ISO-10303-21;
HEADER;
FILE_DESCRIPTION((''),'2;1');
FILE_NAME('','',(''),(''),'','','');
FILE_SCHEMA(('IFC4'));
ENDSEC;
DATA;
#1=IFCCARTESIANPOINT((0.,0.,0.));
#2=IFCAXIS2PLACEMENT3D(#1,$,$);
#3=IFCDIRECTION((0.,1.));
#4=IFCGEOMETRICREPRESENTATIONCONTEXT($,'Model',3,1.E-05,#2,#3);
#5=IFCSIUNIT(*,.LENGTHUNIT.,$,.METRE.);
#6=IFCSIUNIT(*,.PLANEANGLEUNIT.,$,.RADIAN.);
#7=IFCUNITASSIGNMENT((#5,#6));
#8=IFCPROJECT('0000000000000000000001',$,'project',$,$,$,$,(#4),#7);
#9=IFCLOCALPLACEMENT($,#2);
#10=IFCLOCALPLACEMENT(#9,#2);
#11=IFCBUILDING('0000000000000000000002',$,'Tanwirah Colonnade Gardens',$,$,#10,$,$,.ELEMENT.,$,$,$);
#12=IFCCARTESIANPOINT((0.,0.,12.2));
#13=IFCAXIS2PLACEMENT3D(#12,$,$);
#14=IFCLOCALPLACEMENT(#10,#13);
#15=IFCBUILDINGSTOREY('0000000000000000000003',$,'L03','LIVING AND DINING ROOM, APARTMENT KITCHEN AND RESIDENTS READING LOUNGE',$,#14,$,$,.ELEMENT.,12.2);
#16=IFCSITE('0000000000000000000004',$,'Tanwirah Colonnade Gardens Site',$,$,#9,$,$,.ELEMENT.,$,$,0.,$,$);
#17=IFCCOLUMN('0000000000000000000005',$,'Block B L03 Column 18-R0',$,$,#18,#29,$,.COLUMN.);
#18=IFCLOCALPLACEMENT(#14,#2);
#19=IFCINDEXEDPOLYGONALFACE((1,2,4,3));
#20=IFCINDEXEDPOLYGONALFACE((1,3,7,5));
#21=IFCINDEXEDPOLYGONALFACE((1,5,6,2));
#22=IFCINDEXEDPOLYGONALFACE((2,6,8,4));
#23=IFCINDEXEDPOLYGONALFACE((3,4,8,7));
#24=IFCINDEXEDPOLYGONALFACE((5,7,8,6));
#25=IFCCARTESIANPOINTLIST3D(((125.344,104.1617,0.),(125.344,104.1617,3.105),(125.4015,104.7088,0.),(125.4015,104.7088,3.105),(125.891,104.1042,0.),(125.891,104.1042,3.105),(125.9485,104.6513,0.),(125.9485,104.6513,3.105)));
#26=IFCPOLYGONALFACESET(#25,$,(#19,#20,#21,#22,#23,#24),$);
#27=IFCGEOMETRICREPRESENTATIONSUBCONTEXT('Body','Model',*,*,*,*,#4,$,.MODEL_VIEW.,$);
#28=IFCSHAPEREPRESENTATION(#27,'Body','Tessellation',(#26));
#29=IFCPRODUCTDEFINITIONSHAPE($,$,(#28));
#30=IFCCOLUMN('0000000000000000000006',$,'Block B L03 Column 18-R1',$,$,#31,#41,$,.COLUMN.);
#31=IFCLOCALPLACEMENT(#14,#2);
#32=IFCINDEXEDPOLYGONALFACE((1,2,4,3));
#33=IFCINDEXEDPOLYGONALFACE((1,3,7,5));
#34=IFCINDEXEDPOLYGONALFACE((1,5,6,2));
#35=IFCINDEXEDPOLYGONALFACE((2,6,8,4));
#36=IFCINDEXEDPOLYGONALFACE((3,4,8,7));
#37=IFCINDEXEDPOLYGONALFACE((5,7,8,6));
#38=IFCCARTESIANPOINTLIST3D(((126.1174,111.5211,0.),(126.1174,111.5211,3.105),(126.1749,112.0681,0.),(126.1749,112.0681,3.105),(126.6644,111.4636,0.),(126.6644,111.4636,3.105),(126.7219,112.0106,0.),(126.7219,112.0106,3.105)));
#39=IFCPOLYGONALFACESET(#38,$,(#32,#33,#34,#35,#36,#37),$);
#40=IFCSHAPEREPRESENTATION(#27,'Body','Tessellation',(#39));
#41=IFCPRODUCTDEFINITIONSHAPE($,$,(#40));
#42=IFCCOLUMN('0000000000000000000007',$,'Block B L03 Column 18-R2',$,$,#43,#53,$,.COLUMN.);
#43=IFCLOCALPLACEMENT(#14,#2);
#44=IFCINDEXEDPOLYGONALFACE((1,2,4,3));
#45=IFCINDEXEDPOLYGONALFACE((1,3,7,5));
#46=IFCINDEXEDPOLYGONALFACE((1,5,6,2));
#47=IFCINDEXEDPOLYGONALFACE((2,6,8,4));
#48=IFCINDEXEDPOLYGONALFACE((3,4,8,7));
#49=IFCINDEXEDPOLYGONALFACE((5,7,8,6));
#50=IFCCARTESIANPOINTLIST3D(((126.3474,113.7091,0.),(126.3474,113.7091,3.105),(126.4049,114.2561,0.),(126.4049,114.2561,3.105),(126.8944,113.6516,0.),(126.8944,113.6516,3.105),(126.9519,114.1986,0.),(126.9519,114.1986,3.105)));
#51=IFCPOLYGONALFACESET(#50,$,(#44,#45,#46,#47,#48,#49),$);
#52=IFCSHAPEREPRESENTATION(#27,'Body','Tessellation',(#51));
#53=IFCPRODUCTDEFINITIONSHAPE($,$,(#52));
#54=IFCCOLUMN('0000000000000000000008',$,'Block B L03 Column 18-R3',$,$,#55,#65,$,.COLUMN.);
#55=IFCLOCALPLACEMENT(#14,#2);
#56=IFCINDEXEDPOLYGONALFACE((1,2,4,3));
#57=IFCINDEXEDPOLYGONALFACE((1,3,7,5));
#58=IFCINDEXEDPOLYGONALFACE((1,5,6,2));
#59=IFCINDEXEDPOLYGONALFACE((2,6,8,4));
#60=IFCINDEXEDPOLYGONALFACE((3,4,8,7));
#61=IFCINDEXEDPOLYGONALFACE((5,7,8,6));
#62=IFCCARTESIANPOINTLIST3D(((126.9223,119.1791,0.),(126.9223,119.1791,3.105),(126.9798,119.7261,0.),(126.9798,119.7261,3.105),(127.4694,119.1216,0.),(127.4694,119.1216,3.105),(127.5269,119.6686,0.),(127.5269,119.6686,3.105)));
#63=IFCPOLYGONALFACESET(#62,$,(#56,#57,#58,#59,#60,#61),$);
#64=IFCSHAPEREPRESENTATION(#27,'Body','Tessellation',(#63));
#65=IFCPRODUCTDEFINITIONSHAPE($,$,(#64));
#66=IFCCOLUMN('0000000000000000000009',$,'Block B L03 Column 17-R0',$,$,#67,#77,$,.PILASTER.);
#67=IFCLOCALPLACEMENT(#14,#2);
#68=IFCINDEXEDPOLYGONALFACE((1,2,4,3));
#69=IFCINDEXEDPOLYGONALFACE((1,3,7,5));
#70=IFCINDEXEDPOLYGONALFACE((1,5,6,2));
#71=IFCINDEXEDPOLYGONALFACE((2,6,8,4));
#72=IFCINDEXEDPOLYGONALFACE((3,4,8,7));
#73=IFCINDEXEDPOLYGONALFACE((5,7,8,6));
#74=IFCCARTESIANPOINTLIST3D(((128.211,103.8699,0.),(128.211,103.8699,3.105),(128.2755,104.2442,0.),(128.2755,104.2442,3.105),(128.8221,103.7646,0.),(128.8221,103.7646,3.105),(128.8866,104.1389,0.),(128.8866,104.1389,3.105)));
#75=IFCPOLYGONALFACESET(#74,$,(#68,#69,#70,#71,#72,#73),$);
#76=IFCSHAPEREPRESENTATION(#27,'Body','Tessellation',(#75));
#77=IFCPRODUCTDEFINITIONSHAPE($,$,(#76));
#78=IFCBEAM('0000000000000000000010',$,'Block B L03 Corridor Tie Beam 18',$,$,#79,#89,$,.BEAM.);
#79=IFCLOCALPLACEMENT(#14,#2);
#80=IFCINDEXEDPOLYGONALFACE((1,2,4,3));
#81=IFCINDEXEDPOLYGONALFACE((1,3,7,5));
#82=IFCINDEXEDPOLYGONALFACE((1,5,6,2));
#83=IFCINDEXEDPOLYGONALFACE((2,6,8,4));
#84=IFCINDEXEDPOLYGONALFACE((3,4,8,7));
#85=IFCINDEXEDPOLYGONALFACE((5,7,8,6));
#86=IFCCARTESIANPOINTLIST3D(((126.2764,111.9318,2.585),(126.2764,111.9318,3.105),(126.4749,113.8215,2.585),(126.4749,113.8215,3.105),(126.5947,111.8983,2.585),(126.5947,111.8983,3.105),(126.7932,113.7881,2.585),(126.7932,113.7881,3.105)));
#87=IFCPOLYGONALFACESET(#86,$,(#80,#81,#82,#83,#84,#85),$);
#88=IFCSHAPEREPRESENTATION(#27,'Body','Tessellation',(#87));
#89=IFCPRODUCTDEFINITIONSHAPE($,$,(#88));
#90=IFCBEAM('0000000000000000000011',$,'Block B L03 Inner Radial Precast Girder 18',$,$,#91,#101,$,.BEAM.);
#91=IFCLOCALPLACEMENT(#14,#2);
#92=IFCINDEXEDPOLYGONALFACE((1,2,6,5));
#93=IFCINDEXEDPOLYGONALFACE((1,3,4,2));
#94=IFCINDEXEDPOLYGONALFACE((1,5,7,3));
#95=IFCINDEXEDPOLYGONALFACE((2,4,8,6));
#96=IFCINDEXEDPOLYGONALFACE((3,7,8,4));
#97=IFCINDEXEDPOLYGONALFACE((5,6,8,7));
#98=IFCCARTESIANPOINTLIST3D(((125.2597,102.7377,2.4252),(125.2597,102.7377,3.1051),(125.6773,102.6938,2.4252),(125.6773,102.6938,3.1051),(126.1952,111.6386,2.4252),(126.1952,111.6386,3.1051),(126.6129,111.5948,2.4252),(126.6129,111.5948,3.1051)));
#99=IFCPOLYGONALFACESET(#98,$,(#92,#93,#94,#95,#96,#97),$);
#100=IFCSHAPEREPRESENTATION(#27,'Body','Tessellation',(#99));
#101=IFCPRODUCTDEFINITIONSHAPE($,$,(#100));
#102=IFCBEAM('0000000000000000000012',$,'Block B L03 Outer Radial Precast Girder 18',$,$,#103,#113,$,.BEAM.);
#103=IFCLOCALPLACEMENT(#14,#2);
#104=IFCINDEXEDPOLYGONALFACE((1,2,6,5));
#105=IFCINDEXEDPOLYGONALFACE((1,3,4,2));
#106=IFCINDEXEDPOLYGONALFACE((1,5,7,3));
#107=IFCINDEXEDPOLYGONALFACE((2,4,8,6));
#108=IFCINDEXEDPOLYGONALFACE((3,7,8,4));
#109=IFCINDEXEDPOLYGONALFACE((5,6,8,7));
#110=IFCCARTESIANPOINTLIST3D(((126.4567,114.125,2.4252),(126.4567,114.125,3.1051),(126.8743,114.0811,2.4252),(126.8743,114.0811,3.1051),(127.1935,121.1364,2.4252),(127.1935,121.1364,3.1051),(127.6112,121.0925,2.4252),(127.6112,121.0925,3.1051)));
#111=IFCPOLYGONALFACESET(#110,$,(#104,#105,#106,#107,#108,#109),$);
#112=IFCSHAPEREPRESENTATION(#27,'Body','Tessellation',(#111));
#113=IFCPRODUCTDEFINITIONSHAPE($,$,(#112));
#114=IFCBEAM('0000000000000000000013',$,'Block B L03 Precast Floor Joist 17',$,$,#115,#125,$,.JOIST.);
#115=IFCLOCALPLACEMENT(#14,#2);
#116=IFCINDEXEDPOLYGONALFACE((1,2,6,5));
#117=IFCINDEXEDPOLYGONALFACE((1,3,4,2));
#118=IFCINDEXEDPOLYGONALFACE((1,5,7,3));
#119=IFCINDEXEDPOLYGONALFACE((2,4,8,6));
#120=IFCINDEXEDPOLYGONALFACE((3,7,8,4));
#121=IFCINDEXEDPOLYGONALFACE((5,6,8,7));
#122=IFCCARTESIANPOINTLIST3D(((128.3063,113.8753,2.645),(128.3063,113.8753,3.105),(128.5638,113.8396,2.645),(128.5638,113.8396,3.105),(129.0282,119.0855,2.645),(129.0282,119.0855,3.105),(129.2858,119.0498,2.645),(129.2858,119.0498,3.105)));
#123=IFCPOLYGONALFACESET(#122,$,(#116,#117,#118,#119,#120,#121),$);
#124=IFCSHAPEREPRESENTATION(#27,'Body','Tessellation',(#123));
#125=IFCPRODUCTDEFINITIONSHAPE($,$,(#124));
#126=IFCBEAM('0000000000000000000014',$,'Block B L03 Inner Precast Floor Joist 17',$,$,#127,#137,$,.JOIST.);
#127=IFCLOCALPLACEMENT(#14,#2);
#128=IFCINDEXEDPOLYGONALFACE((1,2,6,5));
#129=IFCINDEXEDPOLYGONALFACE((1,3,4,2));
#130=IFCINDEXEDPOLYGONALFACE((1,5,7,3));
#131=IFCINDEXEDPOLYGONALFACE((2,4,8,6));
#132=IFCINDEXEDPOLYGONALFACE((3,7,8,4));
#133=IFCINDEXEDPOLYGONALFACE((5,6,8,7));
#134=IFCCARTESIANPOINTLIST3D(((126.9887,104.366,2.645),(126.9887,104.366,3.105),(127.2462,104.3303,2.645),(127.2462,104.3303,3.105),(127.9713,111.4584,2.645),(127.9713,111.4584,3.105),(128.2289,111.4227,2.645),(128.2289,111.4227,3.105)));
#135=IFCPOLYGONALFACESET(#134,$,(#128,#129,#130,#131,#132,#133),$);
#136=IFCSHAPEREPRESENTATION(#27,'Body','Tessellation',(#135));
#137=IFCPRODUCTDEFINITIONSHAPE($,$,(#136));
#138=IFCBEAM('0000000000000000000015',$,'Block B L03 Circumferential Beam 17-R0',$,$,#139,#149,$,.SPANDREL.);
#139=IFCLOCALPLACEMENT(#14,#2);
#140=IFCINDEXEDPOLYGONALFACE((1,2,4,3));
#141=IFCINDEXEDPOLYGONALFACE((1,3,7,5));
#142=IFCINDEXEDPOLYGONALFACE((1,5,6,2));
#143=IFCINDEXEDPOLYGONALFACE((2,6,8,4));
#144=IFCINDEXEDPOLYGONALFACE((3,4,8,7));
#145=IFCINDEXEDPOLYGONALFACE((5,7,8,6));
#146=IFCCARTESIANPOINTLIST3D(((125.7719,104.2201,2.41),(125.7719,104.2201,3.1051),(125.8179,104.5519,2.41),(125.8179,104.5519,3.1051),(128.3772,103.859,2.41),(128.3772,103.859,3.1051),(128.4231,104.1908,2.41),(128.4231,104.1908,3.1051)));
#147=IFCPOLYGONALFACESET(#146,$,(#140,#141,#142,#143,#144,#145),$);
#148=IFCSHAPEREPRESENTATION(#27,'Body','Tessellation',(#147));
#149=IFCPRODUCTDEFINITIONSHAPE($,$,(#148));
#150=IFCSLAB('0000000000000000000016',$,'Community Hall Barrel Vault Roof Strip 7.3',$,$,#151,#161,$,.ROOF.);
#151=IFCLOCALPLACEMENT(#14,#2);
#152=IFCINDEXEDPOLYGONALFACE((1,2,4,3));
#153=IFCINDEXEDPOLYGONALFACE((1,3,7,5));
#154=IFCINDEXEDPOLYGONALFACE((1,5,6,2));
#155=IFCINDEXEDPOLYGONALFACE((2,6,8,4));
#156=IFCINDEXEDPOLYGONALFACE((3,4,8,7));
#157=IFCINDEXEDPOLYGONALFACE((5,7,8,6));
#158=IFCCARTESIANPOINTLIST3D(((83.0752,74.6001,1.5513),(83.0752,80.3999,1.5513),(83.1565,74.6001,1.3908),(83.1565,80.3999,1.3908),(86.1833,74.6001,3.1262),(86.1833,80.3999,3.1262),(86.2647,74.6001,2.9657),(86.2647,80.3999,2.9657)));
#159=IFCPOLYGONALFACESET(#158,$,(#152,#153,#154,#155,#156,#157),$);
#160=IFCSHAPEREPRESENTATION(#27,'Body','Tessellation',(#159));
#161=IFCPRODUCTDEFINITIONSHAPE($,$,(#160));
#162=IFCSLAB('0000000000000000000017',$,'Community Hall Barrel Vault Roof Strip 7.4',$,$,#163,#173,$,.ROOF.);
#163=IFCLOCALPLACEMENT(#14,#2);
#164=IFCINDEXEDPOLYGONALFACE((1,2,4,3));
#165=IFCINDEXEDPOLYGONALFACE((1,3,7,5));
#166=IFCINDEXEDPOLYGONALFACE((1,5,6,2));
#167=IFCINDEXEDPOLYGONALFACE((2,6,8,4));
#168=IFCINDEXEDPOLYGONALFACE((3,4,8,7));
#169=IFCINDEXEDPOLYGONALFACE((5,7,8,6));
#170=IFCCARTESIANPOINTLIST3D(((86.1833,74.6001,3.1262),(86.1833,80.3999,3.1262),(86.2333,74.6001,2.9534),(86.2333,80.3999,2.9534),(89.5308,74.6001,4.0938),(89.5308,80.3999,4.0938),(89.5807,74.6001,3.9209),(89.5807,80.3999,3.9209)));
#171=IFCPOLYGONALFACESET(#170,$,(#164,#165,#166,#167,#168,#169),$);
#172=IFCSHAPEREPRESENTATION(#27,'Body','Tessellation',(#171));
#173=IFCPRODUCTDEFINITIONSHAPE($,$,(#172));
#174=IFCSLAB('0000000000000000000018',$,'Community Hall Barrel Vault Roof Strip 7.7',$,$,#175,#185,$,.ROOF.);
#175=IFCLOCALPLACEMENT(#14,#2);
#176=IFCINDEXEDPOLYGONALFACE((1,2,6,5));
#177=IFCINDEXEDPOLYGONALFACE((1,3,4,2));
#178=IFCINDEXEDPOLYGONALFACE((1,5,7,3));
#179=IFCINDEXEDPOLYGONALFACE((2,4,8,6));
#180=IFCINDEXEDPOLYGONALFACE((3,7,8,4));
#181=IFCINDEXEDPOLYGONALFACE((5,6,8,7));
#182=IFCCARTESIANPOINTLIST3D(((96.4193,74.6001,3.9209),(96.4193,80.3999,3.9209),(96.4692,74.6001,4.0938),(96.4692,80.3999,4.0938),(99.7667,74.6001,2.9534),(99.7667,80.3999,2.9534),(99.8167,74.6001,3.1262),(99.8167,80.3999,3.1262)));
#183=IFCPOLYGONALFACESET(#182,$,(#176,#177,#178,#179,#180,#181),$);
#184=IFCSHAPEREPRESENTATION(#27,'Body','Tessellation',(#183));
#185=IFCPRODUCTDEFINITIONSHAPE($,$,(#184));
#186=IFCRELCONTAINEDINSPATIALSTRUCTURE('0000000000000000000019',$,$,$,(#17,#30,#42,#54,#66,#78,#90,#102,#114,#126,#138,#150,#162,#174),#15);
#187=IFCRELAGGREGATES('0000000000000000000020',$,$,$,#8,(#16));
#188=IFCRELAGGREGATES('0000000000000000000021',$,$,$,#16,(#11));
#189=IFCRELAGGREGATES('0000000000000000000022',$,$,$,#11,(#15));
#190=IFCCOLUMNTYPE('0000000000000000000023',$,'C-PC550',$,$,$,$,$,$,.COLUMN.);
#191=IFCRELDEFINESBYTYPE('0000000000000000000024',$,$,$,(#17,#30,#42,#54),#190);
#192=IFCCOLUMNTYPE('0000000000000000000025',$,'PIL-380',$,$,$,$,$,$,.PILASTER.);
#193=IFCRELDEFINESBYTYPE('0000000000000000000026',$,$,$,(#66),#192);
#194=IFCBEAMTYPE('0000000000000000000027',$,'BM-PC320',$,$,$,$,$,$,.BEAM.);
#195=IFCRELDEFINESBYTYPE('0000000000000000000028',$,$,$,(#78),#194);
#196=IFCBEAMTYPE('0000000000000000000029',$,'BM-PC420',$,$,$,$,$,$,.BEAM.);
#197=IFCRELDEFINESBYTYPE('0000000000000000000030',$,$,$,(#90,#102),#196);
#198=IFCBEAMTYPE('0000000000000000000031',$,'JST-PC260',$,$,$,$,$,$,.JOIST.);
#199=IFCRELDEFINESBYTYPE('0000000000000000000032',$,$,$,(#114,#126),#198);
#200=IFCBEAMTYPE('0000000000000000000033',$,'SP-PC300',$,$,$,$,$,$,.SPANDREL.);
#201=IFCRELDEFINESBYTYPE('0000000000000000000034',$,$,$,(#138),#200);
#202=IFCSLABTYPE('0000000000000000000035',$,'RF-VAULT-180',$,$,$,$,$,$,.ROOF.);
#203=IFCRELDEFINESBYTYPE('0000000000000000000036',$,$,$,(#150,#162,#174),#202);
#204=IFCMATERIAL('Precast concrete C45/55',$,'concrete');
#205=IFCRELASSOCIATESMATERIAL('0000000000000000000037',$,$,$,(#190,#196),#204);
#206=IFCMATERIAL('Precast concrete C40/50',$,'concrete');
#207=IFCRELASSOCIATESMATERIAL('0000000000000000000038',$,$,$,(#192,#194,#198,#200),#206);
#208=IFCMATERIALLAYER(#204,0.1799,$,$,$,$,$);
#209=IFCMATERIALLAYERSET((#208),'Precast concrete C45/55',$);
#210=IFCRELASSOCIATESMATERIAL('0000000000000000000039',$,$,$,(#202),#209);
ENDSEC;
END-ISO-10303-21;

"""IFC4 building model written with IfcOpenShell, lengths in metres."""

from ifc_helpers import new_model, si_unit, direction, frame, origin, origin_2d, place, context, subcontext, project, spatial, polyline, rectangle, outline, extrude, material, layer, layer_set, material_profile, profile_set, type_object, element, save


model = new_model("IFC4")

# Units and contexts
model_context = context("Model", 3, precision=1e-05, world=origin(), true_north=direction((0.0, 1.0)))
body_context = subcontext(model_context, "Body", "Model", "MODEL_VIEW")
ifc_project = project(units=[si_unit("LENGTHUNIT", "METRE"), si_unit("PLANEANGLEUNIT", "RADIAN")], contexts=[model_context])

# Site, building, storey
site_placement = place(None, origin())
site = spatial("IfcSite", under=ifc_project, at=site_placement, Name="Tanwirah Colonnade Gardens Site", CompositionType="ELEMENT", RefElevation=0.0)
building_placement = place(site_placement, origin())
building = spatial("IfcBuilding", under=site, at=building_placement, Name="Tanwirah Colonnade Gardens", CompositionType="ELEMENT")
storey_placement = place(building_placement, frame((0.0, 0.0, 12.2)))
storey = spatial("IfcBuildingStorey", under=building, at=storey_placement, Name="L03", Description="LIVING AND DINING ROOM, APARTMENT KITCHEN AND RESIDENTS READING LOUNGE", CompositionType="ELEMENT", Elevation=12.2)

# Columns
ifc_material_1 = material(Name="Precast concrete C45/55", Category="concrete")
ifc_material_profile_1 = material_profile(ifc_material_1, rectangle(XDim=0.55, YDim=0.55, at=origin_2d()), Name="PC-COL 550x550")
ifc_profile_set_1 = profile_set([ifc_material_profile_1], Name="Precast concrete C45/55")
column_type_1 = type_object("IfcColumnType", Name="C-PC550", PredefinedType="COLUMN", material=ifc_profile_set_1)
for number, where, z_axis, x_axis, name in (
    (1, (125.6462, 104.4065, 0.0), (0.0, 0.0, 1.0), (0.104528, 0.994522, 0.0), "Block B L03 Column 18-R0"),
    (2, (126.4197, 111.7659, 0.0), (0.0, 0.0, 1.0), (0.104528, 0.994522, 0.0), "Block B L03 Column 18-R1"),
    (3, (126.6497, 113.9539, 0.0), (0.0, 0.0, 1.0), (0.104528, 0.994522, 0.0), "Block B L03 Column 18-R2"),
    (4, (127.2246, 119.4238, 0.0), (0.0, 0.0, 1.0), (0.104528, 0.994522, 0.0), "Block B L03 Column 18-R3"),
):
    element("IfcColumn", number, at=place(storey_placement, frame(where, z_axis=z_axis, x_axis=x_axis)), inside=storey, type_object=column_type_1, Name=name, PredefinedType="COLUMN", context=body_context, shape_type="SweptSolid", body=[
        extrude(rectangle(XDim=0.55, YDim=0.55, at=origin_2d()), origin(), (0.0, 0.0, 1.0), 3.105),
    ])
ifc_material_2 = material(Name="Precast concrete C40/50", Category="concrete")
ifc_material_profile_2 = material_profile(ifc_material_2, rectangle(XDim=0.3799, YDim=0.6201, at=origin_2d()), Name="PC-PIL 380x620")
ifc_profile_set_2 = profile_set([ifc_material_profile_2], Name="Precast concrete C40/50")
column_type_2 = type_object("IfcColumnType", Name="PIL-380", PredefinedType="PILASTER", material=ifc_profile_set_2)
column_placement = place(storey_placement, frame((128.5488, 104.0044, 0.0), z_axis=(0.0, 0.0, 1.0), x_axis=(0.169827, 0.985474, 0.0)))
element("IfcColumn", 5, at=column_placement, inside=storey, type_object=column_type_2, Name="Block B L03 Column 17-R0", PredefinedType="PILASTER", context=body_context, shape_type="SweptSolid", body=[
    extrude(rectangle(XDim=0.3799, YDim=0.6201, at=origin_2d()), origin(), (0.0, 0.0, 1.0), 3.105),
])

# Beams
ifc_material_profile_3 = material_profile(ifc_material_2, rectangle(XDim=0.3201, YDim=0.52, at=origin_2d()), Name="PC-BM 320x520")
ifc_profile_set_3 = profile_set([ifc_material_profile_3], Name="Precast concrete C40/50")
beam_type_1 = type_object("IfcBeamType", Name="BM-PC320", PredefinedType="BEAM", material=ifc_profile_set_3)
beam_1_placement = place(storey_placement, frame((126.4355, 111.915, 2.845), z_axis=(0.104464, 0.994529, 0.0), x_axis=(-0.994529, 0.104464, 0.0)))
element("IfcBeam", 6, at=beam_1_placement, inside=storey, type_object=beam_type_1, Name="Block B L03 Corridor Tie Beam 18", PredefinedType="BEAM", context=body_context, shape_type="SweptSolid", body=[
    extrude(rectangle(XDim=0.3201, YDim=0.52, at=origin_2d()), origin(), (0.0, 0.0, 1.0), 1.9001),
])
ifc_material_profile_4 = material_profile(ifc_material_1, rectangle(XDim=0.4199, YDim=0.6799, at=origin_2d()), Name="PC-BM 420x680")
ifc_profile_set_4 = profile_set([ifc_material_profile_4], Name="Precast concrete C45/55")
beam_type_2 = type_object("IfcBeamType", Name="BM-PC420", PredefinedType="BEAM", material=ifc_profile_set_4)
beam_2_placement = place(storey_placement, frame((126.4041, 111.6167, 2.7651), z_axis=(-0.104531, -0.994522, 0.0), x_axis=(0.994522, -0.104531, 0.0)))
element("IfcBeam", 7, at=beam_2_placement, inside=storey, type_object=beam_type_2, Name="Block B L03 Inner Radial Precast Girder 18", PredefinedType="BEAM", context=body_context, shape_type="SweptSolid", body=[
    extrude(rectangle(XDim=0.4199, YDim=0.6799, at=origin_2d()), origin(), (0.0, 0.0, 1.0), 8.95),
])
beam_3_placement = place(storey_placement, frame((126.6655, 114.103, 2.7651), z_axis=(0.104512, 0.994524, 0.0), x_axis=(-0.994524, 0.104512, 0.0)))
element("IfcBeam", 8, at=beam_3_placement, inside=storey, type_object=beam_type_2, Name="Block B L03 Outer Radial Precast Girder 18", PredefinedType="BEAM", context=body_context, shape_type="SweptSolid", body=[
    extrude(rectangle(XDim=0.4199, YDim=0.6799, at=origin_2d()), origin(), (0.0, 0.0, 1.0), 7.05),
])
ifc_material_profile_5 = material_profile(ifc_material_2, rectangle(XDim=0.26, YDim=0.46, at=origin_2d()), Name="PC-JST 260x460")
ifc_profile_set_5 = profile_set([ifc_material_profile_5], Name="Precast concrete C40/50")
beam_type_3 = type_object("IfcBeamType", Name="JST-PC260", PredefinedType="JOIST", material=ifc_profile_set_5)
beam_4_placement = place(storey_placement, frame((128.4351, 113.8574, 2.875), z_axis=(0.137248, 0.990537, 0.0), x_axis=(-0.990537, 0.137248, 0.0)))
element("IfcBeam", 9, at=beam_4_placement, inside=storey, type_object=beam_type_3, Name="Block B L03 Precast Floor Joist 17", PredefinedType="JOIST", context=body_context, shape_type="SweptSolid", body=[
    extrude(rectangle(XDim=0.26, YDim=0.46, at=origin_2d()), origin(), (0.0, 0.0, 1.0), 5.26),
])
beam_5_placement = place(storey_placement, frame((127.1174, 104.3481, 2.875), z_axis=(0.137243, 0.990537, 0.0), x_axis=(-0.990537, 0.137243, 0.0)))
element("IfcBeam", 10, at=beam_5_placement, inside=storey, type_object=beam_type_3, Name="Block B L03 Inner Precast Floor Joist 17", PredefinedType="JOIST", context=body_context, shape_type="SweptSolid", body=[
    extrude(rectangle(XDim=0.26, YDim=0.46, at=origin_2d()), origin(), (0.0, 0.0, 1.0), 7.1602),
])
ifc_material_profile_6 = material_profile(ifc_material_2, rectangle(XDim=0.335, YDim=0.6951, at=origin_2d()), Name="PC-SP 335x695")
ifc_profile_set_6 = profile_set([ifc_material_profile_6], Name="Precast concrete C40/50")
beam_type_4 = type_object("IfcBeamType", Name="SP-PC300", PredefinedType="SPANDREL", material=ifc_profile_set_6)
beam_6_placement = place(storey_placement, frame((128.4001, 104.0249, 2.7576), z_axis=(-0.990531, 0.137288, 0.0), x_axis=(-0.137288, -0.990531, 0.0)))
element("IfcBeam", 11, at=beam_6_placement, inside=storey, type_object=beam_type_4, Name="Block B L03 Circumferential Beam 17-R0", PredefinedType="SPANDREL", context=body_context, shape_type="SweptSolid", body=[
    extrude(rectangle(XDim=0.335, YDim=0.6951, at=origin_2d()), origin(), (0.0, 0.0, 1.0), 2.6301),
])

# Slabs
ifc_layer_1 = layer(ifc_material_1, 0.1799)
ifc_layer_set_1 = layer_set([ifc_layer_1], Name="Precast concrete C45/55")
slab_type = type_object("IfcSlabType", Name="RF-VAULT-180", PredefinedType="ROOF", material=ifc_layer_set_1)
slab_1_placement = place(storey_placement, frame((83.0752, 74.6001, 1.5513), z_axis=(-0.452, 0.0, 0.892018), x_axis=(0.892018, 0.0, 0.452)))
element("IfcSlab", 12, at=slab_1_placement, inside=storey, type_object=slab_type, Name="Community Hall Barrel Vault Roof Strip 7.3", PredefinedType="ROOF", context=body_context, shape_type="SweptSolid", body=[
    extrude(outline(polyline([(0.0, 0.0), (3.4844, 0.0), (3.4844, 5.7998), (0.0, 5.7998), (0.0, 0.0)])), origin(), (0.0, 0.0, -1.0), 0.1799),
])
for number, where, z_axis, x_axis, name in (
    (13, (86.1833, 74.6001, 3.1262), (-0.277672, 0.0, 0.960676), (0.960676, 0.0, 0.277672), "Community Hall Barrel Vault Roof Strip 7.4"),
    (14, (96.4692, 74.6001, 4.0938), (0.277672, 0.0, 0.960676), (0.960676, 0.0, -0.277672), "Community Hall Barrel Vault Roof Strip 7.7"),
):
    element("IfcSlab", number, at=place(storey_placement, frame(where, z_axis=z_axis, x_axis=x_axis)), inside=storey, type_object=slab_type, Name=name, PredefinedType="ROOF", context=body_context, shape_type="SweptSolid", body=[
        extrude(outline(polyline([(0.0, 0.0), (3.4844, 0.0), (3.4844, 5.7998), (0.0, 5.7998), (0.0, 0.0)])), origin(), (0.0, 0.0, -1.0), 0.1799),
    ])

save(model, "model.ifc")
